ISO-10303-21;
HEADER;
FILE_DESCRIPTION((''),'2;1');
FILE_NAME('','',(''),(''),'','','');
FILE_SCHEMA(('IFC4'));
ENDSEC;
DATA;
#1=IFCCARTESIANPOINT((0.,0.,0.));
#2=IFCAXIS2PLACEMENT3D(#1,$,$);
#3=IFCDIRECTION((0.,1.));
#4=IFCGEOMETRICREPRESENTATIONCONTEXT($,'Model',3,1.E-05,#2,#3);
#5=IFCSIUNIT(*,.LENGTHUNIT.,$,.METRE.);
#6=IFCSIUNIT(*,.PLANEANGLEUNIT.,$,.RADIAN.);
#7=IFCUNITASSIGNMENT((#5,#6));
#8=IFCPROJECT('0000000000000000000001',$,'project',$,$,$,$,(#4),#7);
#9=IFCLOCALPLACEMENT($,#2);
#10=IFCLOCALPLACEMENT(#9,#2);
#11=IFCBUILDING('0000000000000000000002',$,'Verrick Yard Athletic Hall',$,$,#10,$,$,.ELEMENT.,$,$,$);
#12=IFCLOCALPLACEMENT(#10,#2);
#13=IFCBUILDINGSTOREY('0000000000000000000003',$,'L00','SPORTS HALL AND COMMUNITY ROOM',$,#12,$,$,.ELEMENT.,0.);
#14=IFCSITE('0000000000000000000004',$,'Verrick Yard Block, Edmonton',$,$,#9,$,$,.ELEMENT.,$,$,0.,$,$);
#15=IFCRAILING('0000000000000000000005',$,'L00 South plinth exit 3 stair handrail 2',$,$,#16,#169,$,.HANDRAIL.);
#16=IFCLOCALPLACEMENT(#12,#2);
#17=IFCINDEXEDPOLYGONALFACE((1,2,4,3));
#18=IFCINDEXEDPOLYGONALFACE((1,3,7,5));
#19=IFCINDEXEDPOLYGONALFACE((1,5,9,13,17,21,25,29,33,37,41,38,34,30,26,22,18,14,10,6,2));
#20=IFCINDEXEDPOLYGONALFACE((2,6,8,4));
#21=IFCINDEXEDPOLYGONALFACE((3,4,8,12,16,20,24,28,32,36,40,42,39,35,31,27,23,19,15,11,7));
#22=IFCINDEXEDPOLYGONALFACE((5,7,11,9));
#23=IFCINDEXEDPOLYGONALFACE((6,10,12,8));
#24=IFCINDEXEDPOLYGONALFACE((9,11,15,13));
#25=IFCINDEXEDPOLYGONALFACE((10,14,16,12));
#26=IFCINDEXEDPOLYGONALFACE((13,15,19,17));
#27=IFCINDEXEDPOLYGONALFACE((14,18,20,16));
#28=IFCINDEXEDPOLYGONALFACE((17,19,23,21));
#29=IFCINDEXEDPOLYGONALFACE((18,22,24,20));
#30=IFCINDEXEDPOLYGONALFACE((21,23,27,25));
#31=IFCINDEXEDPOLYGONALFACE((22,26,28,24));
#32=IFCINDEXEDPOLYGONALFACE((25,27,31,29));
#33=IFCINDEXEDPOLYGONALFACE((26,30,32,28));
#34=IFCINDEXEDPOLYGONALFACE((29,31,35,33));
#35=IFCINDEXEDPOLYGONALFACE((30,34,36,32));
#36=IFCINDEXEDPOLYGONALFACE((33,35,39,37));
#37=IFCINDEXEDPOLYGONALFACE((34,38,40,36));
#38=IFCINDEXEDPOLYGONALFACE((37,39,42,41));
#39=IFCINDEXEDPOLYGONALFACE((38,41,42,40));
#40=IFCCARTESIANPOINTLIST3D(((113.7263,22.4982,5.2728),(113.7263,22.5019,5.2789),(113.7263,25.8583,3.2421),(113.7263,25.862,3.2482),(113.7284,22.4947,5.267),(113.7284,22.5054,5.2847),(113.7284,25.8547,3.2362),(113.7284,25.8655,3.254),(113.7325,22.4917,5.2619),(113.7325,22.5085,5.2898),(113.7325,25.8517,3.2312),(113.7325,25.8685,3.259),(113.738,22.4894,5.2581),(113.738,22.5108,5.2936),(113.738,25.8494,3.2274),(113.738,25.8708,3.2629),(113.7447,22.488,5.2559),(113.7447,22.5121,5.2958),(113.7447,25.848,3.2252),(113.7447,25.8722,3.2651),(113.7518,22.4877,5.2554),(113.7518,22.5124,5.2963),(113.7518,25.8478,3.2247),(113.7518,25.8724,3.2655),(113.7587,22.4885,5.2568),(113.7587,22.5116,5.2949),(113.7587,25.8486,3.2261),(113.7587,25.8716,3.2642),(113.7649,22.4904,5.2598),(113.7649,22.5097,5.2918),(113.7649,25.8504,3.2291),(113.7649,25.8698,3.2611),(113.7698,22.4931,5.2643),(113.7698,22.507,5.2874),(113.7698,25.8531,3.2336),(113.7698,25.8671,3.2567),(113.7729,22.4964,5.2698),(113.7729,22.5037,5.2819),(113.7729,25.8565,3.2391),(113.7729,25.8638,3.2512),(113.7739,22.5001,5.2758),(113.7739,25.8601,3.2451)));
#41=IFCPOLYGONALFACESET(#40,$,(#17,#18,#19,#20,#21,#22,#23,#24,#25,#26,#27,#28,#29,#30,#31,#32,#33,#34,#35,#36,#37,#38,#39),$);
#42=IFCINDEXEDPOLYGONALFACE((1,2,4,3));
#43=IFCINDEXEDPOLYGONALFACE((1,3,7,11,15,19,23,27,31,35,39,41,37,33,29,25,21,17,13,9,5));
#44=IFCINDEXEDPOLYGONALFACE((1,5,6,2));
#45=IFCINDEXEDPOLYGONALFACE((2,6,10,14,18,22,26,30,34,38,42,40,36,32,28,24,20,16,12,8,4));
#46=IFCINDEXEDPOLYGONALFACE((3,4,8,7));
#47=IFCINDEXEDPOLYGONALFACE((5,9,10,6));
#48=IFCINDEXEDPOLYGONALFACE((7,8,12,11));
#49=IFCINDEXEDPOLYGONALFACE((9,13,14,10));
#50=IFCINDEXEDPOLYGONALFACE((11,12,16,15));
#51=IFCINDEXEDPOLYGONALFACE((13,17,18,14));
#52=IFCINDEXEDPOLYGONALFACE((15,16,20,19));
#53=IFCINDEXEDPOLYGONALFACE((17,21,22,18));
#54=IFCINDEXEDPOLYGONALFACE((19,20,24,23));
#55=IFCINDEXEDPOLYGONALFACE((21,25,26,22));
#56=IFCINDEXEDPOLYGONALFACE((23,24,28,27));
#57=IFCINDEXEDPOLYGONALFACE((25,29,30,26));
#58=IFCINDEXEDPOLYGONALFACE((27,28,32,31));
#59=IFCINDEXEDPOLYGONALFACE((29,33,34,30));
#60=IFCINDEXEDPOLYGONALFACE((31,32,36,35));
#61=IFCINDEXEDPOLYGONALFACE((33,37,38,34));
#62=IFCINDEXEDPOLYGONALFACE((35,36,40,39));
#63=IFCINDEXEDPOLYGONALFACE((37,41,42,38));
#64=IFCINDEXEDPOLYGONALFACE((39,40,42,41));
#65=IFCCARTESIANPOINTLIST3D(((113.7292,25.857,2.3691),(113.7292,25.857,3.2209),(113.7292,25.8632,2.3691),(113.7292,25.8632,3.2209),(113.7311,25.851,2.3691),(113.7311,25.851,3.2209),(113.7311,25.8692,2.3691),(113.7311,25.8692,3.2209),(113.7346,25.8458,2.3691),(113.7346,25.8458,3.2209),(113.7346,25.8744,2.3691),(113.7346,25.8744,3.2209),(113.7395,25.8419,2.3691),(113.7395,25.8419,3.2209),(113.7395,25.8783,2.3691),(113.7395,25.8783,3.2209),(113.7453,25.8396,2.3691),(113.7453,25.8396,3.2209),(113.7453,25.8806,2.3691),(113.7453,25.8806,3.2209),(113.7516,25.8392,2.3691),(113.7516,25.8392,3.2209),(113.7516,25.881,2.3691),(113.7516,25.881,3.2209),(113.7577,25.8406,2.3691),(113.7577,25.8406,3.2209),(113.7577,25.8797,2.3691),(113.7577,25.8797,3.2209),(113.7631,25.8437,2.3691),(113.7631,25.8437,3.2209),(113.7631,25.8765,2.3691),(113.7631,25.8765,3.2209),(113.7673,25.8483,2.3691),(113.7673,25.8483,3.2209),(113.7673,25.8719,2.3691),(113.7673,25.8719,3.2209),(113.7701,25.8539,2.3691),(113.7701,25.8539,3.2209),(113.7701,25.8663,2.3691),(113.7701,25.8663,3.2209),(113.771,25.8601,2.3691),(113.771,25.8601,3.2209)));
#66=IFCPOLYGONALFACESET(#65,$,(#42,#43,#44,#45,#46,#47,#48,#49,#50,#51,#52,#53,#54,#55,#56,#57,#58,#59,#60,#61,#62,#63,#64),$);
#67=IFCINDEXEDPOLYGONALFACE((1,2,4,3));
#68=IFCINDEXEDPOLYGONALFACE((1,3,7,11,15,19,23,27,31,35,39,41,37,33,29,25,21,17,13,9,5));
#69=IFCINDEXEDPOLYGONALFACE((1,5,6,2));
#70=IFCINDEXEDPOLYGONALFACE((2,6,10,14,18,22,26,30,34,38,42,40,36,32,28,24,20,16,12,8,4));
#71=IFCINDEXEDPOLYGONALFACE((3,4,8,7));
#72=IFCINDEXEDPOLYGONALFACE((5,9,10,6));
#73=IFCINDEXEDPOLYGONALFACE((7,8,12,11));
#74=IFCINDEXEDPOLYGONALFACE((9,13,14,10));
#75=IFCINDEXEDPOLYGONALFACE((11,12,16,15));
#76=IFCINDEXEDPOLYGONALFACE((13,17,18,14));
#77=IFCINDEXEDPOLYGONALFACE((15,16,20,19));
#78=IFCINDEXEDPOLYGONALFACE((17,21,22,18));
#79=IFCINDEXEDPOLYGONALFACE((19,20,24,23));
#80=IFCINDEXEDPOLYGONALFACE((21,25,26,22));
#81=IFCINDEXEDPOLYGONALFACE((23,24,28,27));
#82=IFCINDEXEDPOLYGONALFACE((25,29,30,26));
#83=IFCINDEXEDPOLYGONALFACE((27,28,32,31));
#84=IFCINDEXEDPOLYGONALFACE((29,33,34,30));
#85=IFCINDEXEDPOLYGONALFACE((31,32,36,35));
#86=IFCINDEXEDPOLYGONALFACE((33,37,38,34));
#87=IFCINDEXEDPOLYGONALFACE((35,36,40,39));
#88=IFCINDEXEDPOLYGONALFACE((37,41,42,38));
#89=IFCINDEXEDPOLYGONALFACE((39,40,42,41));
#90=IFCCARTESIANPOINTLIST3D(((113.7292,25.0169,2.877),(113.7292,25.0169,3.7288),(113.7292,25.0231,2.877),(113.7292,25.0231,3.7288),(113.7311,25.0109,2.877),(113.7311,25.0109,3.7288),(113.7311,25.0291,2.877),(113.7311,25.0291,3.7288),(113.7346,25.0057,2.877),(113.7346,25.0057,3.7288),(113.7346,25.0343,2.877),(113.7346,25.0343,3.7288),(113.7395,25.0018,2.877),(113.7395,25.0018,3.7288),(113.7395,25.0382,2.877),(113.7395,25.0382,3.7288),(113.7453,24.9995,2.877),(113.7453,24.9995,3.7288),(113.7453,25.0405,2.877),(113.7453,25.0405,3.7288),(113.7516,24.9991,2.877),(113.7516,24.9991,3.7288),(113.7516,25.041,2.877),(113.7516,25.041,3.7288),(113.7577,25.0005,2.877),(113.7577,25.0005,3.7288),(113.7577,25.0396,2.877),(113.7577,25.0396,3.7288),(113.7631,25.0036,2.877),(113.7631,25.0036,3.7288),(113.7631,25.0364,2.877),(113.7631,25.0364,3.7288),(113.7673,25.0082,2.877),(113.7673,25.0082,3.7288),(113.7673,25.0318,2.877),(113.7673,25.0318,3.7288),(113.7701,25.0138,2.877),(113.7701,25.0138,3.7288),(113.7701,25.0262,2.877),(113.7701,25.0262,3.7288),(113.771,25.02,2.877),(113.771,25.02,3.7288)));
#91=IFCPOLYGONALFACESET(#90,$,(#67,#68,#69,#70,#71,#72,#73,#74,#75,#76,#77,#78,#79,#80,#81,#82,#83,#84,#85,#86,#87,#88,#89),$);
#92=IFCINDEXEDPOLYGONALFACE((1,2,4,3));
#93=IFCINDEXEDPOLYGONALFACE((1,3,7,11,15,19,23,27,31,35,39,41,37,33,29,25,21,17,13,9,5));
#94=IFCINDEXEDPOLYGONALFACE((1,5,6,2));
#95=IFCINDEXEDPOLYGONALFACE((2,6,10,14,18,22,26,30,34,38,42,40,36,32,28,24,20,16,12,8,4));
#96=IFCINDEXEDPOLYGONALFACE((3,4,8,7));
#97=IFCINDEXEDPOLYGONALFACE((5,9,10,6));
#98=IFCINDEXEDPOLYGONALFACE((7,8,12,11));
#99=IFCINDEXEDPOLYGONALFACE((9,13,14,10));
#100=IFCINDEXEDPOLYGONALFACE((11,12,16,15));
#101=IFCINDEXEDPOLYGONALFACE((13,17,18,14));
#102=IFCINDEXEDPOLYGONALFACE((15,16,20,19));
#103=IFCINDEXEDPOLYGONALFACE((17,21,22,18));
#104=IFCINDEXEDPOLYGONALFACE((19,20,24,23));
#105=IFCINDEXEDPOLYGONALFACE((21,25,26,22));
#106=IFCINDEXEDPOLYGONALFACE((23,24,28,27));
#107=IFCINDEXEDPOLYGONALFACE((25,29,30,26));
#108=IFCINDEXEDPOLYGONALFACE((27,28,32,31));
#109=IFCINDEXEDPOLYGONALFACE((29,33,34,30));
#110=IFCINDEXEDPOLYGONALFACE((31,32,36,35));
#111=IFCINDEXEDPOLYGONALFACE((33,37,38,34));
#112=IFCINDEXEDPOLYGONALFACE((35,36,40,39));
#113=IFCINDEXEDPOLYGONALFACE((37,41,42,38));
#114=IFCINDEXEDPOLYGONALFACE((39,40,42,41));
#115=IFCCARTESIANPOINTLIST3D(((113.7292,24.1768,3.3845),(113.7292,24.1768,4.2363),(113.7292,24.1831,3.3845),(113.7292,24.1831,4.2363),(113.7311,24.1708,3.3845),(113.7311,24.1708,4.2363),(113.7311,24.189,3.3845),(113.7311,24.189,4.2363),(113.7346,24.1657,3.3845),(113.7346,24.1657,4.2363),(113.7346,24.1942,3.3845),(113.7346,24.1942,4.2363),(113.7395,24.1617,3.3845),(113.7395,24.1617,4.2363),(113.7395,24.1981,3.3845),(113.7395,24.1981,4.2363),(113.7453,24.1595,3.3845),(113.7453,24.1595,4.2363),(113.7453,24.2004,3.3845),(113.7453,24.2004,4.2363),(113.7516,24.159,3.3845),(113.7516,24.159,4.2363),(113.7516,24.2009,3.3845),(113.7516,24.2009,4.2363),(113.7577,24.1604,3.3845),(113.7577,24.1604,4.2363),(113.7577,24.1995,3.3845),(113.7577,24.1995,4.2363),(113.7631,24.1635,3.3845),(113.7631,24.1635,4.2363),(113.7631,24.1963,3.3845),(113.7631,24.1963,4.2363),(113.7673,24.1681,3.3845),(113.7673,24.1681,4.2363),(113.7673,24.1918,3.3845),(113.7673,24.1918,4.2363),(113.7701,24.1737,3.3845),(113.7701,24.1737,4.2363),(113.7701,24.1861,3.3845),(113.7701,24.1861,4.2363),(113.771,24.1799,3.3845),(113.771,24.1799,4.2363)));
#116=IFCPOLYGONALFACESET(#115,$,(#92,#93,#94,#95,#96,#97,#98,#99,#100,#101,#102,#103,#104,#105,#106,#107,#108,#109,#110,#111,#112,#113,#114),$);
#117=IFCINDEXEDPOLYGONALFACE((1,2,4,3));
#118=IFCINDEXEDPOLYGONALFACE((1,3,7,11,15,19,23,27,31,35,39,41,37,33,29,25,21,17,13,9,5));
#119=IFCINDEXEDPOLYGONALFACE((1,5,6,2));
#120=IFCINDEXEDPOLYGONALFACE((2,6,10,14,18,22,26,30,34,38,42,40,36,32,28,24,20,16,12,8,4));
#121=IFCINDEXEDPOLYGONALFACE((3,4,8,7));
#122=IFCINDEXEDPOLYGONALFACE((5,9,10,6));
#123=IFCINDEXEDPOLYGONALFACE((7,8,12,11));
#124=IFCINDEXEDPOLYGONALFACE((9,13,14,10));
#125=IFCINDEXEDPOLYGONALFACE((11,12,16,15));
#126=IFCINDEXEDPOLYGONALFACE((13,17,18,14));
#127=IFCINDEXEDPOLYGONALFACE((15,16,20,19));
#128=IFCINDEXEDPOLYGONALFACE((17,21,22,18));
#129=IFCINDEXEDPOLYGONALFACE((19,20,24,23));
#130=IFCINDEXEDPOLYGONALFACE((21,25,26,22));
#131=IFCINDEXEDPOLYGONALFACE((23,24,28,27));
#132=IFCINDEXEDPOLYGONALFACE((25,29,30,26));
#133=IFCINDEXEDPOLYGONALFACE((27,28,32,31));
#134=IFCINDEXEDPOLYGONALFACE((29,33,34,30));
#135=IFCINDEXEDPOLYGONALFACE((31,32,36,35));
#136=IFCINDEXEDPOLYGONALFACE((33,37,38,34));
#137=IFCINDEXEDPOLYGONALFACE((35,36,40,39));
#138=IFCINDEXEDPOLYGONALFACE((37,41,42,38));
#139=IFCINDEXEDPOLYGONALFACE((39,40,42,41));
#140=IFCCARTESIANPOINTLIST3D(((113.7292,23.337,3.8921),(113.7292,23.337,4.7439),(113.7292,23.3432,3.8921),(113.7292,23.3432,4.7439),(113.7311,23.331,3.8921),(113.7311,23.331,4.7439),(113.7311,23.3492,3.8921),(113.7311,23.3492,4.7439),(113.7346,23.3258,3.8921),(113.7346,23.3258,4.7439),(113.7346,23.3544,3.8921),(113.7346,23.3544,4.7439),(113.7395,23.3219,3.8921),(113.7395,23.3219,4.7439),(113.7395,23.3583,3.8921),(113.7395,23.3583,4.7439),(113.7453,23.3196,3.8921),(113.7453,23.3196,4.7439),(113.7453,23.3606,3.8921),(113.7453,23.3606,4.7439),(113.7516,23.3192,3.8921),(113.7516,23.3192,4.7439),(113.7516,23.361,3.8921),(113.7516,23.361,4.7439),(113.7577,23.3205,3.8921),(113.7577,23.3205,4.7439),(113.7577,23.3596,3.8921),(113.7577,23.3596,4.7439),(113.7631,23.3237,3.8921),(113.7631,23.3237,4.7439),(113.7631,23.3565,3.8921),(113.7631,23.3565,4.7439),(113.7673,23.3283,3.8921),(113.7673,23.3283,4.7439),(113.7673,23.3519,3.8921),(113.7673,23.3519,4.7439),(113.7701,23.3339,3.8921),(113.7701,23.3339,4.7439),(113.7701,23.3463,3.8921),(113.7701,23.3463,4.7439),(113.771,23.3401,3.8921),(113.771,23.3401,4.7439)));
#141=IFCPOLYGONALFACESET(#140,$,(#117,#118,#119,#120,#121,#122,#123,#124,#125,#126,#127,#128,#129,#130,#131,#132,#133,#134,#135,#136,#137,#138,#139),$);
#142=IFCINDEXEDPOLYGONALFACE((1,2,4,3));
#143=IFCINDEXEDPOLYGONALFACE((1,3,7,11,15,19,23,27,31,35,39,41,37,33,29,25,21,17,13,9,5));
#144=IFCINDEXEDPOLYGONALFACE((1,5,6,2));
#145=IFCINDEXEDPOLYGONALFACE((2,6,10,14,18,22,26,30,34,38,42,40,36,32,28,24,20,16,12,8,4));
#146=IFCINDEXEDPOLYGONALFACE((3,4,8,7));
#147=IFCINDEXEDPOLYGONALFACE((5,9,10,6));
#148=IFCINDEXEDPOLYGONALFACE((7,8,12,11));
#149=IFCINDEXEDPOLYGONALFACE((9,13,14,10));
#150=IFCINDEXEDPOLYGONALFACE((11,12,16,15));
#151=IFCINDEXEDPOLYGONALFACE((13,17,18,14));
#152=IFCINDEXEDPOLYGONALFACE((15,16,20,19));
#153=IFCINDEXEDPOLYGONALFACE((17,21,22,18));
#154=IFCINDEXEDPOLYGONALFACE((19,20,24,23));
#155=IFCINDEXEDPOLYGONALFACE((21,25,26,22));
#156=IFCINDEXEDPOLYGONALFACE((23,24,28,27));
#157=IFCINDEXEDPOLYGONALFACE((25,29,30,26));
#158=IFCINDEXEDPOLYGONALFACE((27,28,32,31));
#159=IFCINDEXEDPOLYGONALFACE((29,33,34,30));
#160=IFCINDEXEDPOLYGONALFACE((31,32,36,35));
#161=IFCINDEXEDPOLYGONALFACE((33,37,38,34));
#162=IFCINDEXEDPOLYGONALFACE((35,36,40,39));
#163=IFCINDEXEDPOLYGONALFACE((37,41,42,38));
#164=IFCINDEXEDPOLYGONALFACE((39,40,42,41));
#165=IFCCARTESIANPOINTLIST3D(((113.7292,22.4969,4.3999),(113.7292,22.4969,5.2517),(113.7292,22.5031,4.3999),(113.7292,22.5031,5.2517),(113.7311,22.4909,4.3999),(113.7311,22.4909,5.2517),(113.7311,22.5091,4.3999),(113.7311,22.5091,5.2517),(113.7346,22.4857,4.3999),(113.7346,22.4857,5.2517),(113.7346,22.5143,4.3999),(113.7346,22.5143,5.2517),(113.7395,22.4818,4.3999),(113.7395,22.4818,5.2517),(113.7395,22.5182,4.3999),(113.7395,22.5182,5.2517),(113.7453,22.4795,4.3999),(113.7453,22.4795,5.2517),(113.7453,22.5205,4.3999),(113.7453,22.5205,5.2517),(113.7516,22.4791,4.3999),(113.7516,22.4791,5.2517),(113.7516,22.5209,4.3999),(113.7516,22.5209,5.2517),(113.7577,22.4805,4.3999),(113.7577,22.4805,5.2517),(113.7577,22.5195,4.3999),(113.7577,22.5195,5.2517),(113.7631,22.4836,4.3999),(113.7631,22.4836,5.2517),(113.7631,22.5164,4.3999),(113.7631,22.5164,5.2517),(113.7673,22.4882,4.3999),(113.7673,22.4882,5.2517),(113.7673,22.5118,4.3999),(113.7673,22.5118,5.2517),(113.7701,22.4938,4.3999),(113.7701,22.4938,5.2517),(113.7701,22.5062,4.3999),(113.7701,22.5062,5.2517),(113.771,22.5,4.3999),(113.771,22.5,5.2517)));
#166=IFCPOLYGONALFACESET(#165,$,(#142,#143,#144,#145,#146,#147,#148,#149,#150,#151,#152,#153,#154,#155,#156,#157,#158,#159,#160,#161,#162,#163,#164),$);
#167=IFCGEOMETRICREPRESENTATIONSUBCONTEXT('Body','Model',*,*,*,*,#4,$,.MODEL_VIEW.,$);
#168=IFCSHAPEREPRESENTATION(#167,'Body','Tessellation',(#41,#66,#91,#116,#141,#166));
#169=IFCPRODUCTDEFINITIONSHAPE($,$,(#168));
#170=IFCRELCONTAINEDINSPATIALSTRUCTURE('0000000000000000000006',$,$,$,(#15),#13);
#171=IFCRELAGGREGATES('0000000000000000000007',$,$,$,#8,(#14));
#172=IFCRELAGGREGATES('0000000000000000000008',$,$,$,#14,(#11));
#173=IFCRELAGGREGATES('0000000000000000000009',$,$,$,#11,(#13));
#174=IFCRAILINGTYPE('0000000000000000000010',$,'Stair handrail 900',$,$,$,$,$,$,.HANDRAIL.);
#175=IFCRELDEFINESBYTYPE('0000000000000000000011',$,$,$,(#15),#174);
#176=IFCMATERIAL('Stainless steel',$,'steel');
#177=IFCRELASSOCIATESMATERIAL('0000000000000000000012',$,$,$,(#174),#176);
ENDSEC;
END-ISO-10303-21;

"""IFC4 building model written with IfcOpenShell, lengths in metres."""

from ifc_helpers import new_model, si_unit, direction, frame, origin, origin_2d, place, context, subcontext, project, spatial, circle, extrude, material, type_object, element, save


model = new_model("IFC4")

# Units and contexts
model_context = context("Model", 3, precision=1e-05, world=origin(), true_north=direction((0.0, 1.0)))
body_context = subcontext(model_context, "Body", "Model", "MODEL_VIEW")
ifc_project = project(units=[si_unit("LENGTHUNIT", "METRE"), si_unit("PLANEANGLEUNIT", "RADIAN")], contexts=[model_context])

# Site, building, storey
site_placement = place(None, origin())
site = spatial("IfcSite", under=ifc_project, at=site_placement, Name="Verrick Yard Block, Edmonton", CompositionType="ELEMENT", RefElevation=0.0)
building_placement = place(site_placement, origin())
building = spatial("IfcBuilding", under=site, at=building_placement, Name="Verrick Yard Athletic Hall", CompositionType="ELEMENT")
storey_placement = place(building_placement, origin())
storey = spatial("IfcBuildingStorey", under=building, at=storey_placement, Name="L00", Description="SPORTS HALL AND COMMUNITY ROOM", CompositionType="ELEMENT", Elevation=0.0)

# Railing
ifc_material_1 = material(Name="Stainless steel", Category="steel")
railing_type_1 = type_object("IfcRailingType", Name="Stair handrail 900", PredefinedType="HANDRAIL", material=ifc_material_1)
railing_1_placement = place(storey_placement, frame((113.75, 25.8601, 2.3691)))
element("IfcRailing", 1, at=railing_1_placement, inside=storey, type_object=railing_type_1, Name="L00 South plinth exit 3 stair handrail 2", PredefinedType="HANDRAIL", context=body_context, shape_type="SweptSolid", body=[
    extrude(circle(Radius=0.0239, at=origin_2d()), frame((0.0, 0.0, 0.876), z_axis=(0.0, -0.855837, 0.517246), x_axis=(1.0, 0.0, 0.0)), (0.0, 0.0, 1.0), 3.926),
    extrude(circle(Radius=0.021, at=origin_2d()), origin(), (0.0, 0.0, 1.0), 0.8518),
    extrude(circle(Radius=0.021, at=origin_2d()), frame((0.0, -0.8401, 0.5078)), (0.0, 0.0, 1.0), 0.8518),
    extrude(circle(Radius=0.021, at=origin_2d()), frame((0.0, -1.6802, 1.0154)), (0.0, 0.0, 1.0), 0.8518),
    extrude(circle(Radius=0.021, at=origin_2d()), frame((0.0, -2.52, 1.5229)), (0.0, 0.0, 1.0), 0.8518),
    extrude(circle(Radius=0.021, at=origin_2d()), frame((0.0, -3.3601, 2.0308)), (0.0, 0.0, 1.0), 0.8518),
])

save(model, "model.ifc")
